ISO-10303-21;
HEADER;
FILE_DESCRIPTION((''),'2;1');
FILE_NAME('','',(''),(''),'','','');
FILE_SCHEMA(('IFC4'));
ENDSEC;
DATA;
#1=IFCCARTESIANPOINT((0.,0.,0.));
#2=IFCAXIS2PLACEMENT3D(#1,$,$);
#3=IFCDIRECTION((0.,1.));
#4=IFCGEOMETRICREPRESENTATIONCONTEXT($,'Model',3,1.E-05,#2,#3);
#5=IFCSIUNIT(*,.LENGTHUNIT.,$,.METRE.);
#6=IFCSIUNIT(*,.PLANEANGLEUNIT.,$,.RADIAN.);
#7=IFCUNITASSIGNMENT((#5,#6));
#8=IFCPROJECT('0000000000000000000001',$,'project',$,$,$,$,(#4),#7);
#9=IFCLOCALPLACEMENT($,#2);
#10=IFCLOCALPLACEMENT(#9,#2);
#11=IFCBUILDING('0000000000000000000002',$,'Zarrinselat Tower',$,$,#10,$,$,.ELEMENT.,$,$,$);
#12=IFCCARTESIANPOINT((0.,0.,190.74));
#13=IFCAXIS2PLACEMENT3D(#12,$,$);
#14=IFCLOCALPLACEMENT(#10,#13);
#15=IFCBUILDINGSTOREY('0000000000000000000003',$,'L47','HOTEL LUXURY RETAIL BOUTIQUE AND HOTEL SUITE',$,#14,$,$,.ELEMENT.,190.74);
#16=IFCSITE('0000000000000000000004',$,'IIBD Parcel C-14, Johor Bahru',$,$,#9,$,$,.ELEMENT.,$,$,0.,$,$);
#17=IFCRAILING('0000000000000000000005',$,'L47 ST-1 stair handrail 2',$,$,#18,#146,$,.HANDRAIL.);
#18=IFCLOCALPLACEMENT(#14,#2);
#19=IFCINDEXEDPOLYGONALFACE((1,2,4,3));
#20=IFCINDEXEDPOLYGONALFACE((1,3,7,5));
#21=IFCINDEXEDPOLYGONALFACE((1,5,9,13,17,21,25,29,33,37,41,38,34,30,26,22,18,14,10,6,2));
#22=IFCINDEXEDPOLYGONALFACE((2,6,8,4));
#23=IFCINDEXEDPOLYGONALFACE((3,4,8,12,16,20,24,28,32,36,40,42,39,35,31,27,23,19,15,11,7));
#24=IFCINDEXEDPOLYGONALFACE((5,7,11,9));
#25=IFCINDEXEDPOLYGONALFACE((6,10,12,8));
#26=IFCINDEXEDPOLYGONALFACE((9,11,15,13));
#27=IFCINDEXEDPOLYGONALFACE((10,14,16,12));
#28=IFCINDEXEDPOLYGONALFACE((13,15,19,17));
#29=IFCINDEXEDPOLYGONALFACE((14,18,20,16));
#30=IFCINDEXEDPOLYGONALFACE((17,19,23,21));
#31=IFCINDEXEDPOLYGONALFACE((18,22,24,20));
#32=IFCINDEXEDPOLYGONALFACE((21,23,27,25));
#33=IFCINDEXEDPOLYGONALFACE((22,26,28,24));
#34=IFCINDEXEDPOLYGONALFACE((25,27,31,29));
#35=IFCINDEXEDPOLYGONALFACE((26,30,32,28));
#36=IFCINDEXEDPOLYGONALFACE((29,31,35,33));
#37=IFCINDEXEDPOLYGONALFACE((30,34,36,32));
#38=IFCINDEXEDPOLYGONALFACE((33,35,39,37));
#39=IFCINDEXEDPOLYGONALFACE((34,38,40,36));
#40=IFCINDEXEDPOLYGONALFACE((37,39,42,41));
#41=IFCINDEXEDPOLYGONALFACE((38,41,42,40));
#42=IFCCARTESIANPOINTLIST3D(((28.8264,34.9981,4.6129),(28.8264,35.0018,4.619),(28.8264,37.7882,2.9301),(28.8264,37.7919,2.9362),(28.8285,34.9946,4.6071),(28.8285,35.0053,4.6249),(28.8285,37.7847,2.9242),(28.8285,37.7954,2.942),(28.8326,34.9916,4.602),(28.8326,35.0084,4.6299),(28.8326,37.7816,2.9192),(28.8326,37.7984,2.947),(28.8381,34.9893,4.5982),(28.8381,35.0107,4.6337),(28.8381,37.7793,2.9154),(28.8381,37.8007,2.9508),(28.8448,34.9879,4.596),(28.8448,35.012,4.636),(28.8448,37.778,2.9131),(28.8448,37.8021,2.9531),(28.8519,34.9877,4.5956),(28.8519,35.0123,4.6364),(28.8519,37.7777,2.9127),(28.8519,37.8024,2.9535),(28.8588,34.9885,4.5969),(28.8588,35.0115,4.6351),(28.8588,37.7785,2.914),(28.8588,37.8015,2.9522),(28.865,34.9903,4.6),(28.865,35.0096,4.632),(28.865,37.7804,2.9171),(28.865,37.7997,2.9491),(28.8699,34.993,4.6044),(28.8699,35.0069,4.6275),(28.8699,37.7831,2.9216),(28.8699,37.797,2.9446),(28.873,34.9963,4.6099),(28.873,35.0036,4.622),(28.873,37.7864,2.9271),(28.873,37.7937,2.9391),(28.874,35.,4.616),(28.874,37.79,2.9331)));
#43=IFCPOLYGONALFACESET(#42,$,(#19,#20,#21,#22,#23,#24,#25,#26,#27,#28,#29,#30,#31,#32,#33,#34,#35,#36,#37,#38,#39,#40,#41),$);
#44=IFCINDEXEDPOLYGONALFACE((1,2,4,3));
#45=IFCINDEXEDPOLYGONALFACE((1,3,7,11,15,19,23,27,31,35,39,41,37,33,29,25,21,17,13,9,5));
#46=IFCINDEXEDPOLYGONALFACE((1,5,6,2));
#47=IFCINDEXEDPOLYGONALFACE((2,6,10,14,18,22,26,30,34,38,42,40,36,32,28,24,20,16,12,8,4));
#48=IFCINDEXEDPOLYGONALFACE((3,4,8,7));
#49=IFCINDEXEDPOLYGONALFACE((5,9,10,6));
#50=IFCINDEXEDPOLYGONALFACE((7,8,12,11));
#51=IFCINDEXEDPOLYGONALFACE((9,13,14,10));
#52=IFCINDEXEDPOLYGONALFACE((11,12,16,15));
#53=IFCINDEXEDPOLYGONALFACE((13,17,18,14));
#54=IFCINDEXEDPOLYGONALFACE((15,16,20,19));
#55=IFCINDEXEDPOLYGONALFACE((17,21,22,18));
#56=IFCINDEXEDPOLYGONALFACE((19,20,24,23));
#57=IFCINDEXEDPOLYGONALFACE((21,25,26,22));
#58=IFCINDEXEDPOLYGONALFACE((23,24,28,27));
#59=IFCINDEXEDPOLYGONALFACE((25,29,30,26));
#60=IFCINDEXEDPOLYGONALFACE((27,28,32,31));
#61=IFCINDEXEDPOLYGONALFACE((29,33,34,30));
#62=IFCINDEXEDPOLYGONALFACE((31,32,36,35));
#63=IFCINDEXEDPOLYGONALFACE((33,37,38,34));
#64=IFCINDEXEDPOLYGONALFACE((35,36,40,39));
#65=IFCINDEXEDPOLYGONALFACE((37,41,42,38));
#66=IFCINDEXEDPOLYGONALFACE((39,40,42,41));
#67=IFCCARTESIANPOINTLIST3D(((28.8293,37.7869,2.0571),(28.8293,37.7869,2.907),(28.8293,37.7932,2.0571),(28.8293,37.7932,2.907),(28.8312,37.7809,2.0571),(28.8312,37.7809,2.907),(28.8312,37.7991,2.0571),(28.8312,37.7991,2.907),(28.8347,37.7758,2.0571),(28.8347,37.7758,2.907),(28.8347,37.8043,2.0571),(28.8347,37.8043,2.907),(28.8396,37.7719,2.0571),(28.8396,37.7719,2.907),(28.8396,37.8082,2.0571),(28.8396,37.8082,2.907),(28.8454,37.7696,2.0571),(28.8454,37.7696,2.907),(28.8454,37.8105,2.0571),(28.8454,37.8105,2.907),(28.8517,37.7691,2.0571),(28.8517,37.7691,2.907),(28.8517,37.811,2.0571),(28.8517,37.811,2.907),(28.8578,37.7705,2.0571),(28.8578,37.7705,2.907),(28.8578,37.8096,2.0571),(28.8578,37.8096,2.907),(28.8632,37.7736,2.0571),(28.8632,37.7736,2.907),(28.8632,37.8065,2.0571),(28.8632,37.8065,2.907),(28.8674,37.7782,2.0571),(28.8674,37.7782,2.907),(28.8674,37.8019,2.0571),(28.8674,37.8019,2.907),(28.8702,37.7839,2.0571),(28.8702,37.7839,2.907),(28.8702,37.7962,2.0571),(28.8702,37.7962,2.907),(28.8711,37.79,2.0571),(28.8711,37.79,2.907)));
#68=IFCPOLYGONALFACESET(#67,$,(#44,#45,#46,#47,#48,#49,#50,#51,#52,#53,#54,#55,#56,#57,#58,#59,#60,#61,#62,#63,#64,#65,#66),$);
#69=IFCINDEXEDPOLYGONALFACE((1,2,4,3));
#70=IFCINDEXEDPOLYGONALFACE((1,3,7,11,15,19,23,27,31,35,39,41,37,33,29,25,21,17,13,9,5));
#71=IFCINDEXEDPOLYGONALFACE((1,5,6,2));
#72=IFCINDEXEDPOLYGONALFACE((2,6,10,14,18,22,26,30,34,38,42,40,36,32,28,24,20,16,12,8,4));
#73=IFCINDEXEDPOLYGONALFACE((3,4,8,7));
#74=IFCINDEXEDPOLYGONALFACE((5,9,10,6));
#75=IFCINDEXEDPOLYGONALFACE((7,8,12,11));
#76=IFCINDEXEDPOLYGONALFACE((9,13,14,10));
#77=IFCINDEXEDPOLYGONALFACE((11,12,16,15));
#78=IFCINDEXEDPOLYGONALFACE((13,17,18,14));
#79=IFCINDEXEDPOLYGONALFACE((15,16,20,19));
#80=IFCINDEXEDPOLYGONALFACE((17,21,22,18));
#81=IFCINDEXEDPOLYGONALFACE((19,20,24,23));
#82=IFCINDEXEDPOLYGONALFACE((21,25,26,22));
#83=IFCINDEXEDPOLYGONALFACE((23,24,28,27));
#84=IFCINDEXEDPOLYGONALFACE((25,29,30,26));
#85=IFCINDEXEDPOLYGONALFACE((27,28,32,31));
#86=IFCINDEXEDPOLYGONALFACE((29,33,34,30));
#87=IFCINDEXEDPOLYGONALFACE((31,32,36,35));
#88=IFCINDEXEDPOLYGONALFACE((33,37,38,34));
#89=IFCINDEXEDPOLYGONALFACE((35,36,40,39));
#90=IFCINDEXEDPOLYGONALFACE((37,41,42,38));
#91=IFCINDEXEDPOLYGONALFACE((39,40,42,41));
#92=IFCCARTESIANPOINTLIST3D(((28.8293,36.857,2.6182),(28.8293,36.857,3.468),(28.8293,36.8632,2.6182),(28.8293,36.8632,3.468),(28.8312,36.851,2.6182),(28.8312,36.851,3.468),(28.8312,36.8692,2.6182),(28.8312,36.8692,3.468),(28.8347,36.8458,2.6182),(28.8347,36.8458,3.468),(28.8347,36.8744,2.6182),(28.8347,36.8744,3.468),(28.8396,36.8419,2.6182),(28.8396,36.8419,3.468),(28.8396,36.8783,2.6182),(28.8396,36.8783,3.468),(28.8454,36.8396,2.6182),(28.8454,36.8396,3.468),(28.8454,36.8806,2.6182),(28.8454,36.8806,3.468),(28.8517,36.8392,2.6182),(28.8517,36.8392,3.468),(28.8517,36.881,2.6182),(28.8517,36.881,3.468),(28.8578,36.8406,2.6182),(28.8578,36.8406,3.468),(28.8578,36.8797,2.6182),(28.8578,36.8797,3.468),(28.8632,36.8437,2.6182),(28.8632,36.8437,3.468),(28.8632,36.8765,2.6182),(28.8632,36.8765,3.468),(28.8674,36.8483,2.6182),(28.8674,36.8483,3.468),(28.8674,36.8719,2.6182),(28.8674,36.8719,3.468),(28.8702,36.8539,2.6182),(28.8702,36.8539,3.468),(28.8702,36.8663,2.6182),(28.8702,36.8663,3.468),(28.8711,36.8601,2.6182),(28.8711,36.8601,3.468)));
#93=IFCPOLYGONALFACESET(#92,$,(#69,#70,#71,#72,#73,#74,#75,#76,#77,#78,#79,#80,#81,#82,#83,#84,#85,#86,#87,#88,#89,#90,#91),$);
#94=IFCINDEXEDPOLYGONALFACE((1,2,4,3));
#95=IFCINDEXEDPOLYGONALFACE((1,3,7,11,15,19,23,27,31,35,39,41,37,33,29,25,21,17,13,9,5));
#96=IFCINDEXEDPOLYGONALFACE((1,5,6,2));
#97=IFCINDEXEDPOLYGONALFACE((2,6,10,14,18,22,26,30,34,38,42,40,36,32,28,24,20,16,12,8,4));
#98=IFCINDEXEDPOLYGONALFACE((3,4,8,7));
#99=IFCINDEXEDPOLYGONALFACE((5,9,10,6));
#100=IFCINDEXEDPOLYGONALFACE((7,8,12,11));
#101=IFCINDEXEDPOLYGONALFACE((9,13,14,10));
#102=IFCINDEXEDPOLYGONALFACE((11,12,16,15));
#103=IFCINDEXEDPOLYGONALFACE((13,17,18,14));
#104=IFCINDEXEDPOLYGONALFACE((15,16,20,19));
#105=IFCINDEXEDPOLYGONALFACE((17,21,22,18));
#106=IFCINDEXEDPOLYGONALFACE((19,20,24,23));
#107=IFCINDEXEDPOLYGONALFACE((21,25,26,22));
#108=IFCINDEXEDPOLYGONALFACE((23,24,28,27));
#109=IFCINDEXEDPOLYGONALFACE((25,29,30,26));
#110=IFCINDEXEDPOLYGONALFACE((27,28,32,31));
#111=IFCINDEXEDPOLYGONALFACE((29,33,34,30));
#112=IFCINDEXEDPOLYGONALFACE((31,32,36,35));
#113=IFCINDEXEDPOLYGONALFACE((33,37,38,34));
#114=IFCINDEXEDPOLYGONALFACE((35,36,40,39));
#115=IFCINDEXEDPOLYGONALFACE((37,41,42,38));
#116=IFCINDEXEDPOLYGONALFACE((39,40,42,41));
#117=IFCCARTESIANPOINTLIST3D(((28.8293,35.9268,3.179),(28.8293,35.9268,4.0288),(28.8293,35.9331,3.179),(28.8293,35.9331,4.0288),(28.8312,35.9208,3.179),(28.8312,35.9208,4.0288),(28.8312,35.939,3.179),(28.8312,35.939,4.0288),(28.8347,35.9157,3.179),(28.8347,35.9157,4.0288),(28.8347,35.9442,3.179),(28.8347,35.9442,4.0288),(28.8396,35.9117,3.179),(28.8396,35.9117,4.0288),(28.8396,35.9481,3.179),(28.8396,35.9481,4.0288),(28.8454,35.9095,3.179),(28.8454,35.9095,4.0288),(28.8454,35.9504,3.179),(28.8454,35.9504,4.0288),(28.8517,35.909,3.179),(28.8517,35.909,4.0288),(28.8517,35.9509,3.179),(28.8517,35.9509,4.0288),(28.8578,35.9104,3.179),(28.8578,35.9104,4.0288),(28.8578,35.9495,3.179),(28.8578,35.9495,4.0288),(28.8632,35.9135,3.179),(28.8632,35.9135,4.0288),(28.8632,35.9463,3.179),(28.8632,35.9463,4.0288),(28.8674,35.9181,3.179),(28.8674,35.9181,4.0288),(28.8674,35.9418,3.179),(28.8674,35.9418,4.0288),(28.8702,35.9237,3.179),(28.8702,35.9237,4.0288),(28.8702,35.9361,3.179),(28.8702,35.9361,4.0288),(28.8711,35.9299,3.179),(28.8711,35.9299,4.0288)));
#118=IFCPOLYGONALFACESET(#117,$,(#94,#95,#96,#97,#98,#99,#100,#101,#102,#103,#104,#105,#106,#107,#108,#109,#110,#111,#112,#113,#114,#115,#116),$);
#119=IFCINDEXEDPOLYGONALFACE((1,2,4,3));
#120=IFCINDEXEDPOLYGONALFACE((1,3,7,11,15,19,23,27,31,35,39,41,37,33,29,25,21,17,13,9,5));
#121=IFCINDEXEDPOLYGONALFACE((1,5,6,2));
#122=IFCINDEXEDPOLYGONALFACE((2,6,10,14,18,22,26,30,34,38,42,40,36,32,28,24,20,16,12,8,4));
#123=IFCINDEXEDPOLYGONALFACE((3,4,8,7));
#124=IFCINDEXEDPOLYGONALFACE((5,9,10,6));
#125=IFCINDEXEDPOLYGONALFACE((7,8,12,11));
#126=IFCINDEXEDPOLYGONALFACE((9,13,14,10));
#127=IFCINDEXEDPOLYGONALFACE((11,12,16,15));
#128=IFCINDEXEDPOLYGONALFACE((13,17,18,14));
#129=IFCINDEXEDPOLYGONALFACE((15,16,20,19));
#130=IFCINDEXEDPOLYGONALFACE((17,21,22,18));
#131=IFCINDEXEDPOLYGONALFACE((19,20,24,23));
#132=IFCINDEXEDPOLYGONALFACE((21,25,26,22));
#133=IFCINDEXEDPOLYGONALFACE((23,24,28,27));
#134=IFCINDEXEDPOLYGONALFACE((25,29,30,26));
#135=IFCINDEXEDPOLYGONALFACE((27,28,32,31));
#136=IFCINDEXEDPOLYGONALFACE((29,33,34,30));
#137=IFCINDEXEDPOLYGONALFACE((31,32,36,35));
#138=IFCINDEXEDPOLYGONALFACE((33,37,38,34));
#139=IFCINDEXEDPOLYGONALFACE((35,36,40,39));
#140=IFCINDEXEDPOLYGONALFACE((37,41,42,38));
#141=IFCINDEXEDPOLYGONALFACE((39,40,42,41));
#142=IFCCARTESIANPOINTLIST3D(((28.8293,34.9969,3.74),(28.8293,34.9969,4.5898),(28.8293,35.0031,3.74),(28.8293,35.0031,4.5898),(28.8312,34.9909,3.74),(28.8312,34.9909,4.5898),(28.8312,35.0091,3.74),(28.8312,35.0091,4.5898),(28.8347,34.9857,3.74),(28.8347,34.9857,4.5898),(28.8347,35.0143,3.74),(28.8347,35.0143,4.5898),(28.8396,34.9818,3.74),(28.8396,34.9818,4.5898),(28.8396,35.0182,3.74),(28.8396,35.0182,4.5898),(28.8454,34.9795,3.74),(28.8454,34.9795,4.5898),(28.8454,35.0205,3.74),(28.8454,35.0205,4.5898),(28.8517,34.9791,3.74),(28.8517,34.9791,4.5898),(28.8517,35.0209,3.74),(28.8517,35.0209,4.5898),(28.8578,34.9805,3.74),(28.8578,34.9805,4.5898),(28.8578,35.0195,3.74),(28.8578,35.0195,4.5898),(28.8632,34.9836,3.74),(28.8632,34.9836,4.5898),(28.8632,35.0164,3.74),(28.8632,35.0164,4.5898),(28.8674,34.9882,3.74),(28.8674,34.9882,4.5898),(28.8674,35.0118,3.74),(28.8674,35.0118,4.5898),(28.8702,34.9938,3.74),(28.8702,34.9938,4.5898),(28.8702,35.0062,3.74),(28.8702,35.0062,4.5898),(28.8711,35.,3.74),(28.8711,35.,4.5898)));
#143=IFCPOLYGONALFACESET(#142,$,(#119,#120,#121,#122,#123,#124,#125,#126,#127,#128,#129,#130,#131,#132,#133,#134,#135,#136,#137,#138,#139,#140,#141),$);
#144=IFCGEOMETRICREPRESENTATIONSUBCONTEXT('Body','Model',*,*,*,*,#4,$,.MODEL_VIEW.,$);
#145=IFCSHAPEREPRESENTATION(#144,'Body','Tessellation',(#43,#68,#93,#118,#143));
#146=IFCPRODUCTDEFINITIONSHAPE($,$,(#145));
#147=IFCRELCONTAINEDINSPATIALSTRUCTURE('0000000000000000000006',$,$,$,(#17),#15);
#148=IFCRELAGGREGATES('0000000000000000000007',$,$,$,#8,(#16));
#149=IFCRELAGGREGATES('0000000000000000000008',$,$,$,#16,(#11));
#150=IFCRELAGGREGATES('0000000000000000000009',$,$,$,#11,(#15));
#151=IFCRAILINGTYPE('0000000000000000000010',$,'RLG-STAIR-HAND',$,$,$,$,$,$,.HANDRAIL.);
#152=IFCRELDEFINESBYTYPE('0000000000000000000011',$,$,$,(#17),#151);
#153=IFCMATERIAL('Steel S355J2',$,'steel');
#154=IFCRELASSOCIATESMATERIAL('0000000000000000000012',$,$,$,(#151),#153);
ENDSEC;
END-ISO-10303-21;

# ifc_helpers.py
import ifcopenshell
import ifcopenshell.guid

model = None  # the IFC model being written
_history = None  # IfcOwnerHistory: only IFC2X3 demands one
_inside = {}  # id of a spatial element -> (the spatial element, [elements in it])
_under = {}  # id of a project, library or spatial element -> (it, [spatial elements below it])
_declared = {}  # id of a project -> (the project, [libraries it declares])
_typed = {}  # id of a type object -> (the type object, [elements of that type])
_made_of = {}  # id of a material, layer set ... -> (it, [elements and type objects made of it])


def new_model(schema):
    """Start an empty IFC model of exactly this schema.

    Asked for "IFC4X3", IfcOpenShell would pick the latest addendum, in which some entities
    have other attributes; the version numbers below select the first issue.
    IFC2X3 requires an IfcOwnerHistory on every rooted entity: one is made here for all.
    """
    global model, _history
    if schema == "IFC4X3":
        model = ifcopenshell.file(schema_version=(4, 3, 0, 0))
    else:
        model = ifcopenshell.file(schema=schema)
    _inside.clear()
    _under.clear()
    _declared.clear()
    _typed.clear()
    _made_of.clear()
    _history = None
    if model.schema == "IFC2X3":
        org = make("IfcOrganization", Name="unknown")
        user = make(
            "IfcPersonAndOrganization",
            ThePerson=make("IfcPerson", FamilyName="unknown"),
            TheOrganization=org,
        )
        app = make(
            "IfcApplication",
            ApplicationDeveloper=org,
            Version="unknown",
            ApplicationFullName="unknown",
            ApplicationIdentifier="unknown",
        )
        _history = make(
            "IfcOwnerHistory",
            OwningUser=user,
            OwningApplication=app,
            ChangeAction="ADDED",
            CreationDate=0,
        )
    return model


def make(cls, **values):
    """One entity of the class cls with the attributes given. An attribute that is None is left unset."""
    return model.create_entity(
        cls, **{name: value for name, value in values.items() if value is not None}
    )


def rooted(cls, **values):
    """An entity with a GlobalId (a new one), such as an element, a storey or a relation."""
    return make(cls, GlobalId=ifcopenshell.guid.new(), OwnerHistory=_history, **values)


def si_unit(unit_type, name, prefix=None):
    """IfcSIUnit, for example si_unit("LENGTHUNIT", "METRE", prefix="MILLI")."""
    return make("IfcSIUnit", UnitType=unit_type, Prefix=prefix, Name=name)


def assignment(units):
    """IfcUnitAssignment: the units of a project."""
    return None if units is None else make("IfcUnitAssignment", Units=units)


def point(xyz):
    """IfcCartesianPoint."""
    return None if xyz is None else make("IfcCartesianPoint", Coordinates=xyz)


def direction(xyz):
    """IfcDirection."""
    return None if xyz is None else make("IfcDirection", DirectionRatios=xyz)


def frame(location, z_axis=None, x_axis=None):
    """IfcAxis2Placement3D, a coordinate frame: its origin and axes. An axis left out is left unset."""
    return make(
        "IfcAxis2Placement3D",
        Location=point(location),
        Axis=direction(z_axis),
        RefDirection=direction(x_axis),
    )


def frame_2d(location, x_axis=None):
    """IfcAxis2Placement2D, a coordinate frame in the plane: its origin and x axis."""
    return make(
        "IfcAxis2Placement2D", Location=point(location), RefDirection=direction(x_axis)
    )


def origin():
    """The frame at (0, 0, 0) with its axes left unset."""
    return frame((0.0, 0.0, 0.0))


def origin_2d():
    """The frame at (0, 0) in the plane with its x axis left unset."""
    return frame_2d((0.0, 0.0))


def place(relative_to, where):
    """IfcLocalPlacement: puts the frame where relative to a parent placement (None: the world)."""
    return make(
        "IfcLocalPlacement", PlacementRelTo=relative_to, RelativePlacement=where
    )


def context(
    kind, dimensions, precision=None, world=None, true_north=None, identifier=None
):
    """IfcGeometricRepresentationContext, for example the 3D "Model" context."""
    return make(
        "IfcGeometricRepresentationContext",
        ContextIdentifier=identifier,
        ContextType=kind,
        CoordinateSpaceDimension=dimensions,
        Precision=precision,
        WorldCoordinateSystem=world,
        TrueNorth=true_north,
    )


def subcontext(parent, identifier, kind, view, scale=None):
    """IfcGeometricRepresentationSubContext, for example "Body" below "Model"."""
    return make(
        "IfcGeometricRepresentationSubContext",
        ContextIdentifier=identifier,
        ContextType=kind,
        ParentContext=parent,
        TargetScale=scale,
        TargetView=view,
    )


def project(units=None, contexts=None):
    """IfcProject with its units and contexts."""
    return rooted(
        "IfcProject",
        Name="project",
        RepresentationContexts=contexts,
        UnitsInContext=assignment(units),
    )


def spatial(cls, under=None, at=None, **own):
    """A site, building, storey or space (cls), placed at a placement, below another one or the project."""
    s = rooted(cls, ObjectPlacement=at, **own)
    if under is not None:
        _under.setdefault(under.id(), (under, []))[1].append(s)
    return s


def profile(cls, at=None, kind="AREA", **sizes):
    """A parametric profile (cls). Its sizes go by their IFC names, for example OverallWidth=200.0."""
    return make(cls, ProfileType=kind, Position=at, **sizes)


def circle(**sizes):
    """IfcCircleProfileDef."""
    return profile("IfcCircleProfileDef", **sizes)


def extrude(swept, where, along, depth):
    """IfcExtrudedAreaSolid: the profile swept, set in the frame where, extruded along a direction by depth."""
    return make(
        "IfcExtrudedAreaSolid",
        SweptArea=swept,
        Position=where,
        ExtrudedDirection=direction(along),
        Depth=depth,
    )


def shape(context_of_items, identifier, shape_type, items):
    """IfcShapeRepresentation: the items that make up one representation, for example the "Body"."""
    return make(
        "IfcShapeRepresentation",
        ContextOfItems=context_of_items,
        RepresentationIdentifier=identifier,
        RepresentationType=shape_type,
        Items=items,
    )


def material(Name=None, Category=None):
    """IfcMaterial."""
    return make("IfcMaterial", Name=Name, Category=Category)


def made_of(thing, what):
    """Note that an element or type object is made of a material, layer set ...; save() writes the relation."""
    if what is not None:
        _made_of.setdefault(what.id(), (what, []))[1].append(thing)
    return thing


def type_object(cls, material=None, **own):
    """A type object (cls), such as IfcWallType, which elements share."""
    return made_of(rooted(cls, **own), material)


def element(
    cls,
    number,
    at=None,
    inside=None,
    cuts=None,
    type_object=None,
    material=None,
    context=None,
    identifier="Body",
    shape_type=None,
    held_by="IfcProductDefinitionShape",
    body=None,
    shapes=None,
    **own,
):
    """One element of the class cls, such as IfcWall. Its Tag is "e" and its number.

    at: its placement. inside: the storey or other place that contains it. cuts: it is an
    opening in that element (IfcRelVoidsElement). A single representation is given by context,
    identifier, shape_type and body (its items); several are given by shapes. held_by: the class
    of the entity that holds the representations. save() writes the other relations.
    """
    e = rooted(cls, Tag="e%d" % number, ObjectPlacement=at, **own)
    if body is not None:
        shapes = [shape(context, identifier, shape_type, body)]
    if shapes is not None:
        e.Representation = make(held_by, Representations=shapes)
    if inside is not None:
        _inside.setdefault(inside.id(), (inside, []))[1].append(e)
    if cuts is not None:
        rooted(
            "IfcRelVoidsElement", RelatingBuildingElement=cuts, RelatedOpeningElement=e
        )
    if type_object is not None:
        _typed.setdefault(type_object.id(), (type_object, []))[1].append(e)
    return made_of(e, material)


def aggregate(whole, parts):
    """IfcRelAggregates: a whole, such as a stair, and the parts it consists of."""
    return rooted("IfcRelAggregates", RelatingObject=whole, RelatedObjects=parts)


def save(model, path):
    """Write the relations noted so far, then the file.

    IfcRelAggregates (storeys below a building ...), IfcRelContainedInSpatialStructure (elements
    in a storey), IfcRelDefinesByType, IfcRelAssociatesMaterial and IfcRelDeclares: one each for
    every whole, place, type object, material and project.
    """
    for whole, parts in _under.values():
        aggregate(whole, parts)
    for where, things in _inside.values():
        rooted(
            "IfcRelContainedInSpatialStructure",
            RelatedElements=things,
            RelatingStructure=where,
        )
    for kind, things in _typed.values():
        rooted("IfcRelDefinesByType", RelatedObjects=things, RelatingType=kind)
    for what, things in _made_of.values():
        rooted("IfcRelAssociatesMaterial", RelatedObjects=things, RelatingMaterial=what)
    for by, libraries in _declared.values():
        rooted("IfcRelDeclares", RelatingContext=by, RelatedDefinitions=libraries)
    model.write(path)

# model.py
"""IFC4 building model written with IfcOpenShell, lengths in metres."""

from ifc_helpers import new_model, si_unit, direction, frame, origin, origin_2d, place, context, subcontext, project, spatial, circle, extrude, material, type_object, element, save


model = new_model("IFC4")

# Units and contexts
model_context = context("Model", 3, precision=1e-05, world=origin(), true_north=direction((0.0, 1.0)))
body_context = subcontext(model_context, "Body", "Model", "MODEL_VIEW")
ifc_project = project(units=[si_unit("LENGTHUNIT", "METRE"), si_unit("PLANEANGLEUNIT", "RADIAN")], contexts=[model_context])

# Site, building, storey
site_placement = place(None, origin())
site = spatial("IfcSite", under=ifc_project, at=site_placement, Name="IIBD Parcel C-14, Johor Bahru", CompositionType="ELEMENT", RefElevation=0.0)
building_placement = place(site_placement, origin())
building = spatial("IfcBuilding", under=site, at=building_placement, Name="Zarrinselat Tower", CompositionType="ELEMENT")
storey_placement = place(building_placement, frame((0.0, 0.0, 190.74)))
storey = spatial("IfcBuildingStorey", under=building, at=storey_placement, Name="L47", Description="HOTEL LUXURY RETAIL BOUTIQUE AND HOTEL SUITE", CompositionType="ELEMENT", Elevation=190.74)

# Railing
ifc_material_1 = material(Name="Steel S355J2", Category="steel")
railing_type_1 = type_object("IfcRailingType", Name="RLG-STAIR-HAND", PredefinedType="HANDRAIL", material=ifc_material_1)
railing_1_placement = place(storey_placement, frame((28.8501, 37.79, 2.0571)))
element("IfcRailing", 1, at=railing_1_placement, inside=storey, type_object=railing_type_1, Name="L47 ST-1 stair handrail 2", PredefinedType="HANDRAIL", context=body_context, shape_type="SweptSolid", body=[
    extrude(circle(Radius=0.0239, at=origin_2d()), frame((0.0, 0.0, 0.876), z_axis=(0.0, -0.856294, 0.516489), x_axis=(1.0, 0.0, 0.0)), (0.0, 0.0, 1.0), 3.2583),
    extrude(circle(Radius=0.021, at=origin_2d()), origin(), (0.0, 0.0, 1.0), 0.8499),
    extrude(circle(Radius=0.021, at=origin_2d()), frame((0.0, -0.9299, 0.561)), (0.0, 0.0, 1.0), 0.8499),
    extrude(circle(Radius=0.021, at=origin_2d()), frame((0.0, -1.8601, 1.1218)), (0.0, 0.0, 1.0), 0.8499),
    extrude(circle(Radius=0.021, at=origin_2d()), frame((0.0, -2.79, 1.6829)), (0.0, 0.0, 1.0), 0.8499),
])

save(model, "model.ifc")
